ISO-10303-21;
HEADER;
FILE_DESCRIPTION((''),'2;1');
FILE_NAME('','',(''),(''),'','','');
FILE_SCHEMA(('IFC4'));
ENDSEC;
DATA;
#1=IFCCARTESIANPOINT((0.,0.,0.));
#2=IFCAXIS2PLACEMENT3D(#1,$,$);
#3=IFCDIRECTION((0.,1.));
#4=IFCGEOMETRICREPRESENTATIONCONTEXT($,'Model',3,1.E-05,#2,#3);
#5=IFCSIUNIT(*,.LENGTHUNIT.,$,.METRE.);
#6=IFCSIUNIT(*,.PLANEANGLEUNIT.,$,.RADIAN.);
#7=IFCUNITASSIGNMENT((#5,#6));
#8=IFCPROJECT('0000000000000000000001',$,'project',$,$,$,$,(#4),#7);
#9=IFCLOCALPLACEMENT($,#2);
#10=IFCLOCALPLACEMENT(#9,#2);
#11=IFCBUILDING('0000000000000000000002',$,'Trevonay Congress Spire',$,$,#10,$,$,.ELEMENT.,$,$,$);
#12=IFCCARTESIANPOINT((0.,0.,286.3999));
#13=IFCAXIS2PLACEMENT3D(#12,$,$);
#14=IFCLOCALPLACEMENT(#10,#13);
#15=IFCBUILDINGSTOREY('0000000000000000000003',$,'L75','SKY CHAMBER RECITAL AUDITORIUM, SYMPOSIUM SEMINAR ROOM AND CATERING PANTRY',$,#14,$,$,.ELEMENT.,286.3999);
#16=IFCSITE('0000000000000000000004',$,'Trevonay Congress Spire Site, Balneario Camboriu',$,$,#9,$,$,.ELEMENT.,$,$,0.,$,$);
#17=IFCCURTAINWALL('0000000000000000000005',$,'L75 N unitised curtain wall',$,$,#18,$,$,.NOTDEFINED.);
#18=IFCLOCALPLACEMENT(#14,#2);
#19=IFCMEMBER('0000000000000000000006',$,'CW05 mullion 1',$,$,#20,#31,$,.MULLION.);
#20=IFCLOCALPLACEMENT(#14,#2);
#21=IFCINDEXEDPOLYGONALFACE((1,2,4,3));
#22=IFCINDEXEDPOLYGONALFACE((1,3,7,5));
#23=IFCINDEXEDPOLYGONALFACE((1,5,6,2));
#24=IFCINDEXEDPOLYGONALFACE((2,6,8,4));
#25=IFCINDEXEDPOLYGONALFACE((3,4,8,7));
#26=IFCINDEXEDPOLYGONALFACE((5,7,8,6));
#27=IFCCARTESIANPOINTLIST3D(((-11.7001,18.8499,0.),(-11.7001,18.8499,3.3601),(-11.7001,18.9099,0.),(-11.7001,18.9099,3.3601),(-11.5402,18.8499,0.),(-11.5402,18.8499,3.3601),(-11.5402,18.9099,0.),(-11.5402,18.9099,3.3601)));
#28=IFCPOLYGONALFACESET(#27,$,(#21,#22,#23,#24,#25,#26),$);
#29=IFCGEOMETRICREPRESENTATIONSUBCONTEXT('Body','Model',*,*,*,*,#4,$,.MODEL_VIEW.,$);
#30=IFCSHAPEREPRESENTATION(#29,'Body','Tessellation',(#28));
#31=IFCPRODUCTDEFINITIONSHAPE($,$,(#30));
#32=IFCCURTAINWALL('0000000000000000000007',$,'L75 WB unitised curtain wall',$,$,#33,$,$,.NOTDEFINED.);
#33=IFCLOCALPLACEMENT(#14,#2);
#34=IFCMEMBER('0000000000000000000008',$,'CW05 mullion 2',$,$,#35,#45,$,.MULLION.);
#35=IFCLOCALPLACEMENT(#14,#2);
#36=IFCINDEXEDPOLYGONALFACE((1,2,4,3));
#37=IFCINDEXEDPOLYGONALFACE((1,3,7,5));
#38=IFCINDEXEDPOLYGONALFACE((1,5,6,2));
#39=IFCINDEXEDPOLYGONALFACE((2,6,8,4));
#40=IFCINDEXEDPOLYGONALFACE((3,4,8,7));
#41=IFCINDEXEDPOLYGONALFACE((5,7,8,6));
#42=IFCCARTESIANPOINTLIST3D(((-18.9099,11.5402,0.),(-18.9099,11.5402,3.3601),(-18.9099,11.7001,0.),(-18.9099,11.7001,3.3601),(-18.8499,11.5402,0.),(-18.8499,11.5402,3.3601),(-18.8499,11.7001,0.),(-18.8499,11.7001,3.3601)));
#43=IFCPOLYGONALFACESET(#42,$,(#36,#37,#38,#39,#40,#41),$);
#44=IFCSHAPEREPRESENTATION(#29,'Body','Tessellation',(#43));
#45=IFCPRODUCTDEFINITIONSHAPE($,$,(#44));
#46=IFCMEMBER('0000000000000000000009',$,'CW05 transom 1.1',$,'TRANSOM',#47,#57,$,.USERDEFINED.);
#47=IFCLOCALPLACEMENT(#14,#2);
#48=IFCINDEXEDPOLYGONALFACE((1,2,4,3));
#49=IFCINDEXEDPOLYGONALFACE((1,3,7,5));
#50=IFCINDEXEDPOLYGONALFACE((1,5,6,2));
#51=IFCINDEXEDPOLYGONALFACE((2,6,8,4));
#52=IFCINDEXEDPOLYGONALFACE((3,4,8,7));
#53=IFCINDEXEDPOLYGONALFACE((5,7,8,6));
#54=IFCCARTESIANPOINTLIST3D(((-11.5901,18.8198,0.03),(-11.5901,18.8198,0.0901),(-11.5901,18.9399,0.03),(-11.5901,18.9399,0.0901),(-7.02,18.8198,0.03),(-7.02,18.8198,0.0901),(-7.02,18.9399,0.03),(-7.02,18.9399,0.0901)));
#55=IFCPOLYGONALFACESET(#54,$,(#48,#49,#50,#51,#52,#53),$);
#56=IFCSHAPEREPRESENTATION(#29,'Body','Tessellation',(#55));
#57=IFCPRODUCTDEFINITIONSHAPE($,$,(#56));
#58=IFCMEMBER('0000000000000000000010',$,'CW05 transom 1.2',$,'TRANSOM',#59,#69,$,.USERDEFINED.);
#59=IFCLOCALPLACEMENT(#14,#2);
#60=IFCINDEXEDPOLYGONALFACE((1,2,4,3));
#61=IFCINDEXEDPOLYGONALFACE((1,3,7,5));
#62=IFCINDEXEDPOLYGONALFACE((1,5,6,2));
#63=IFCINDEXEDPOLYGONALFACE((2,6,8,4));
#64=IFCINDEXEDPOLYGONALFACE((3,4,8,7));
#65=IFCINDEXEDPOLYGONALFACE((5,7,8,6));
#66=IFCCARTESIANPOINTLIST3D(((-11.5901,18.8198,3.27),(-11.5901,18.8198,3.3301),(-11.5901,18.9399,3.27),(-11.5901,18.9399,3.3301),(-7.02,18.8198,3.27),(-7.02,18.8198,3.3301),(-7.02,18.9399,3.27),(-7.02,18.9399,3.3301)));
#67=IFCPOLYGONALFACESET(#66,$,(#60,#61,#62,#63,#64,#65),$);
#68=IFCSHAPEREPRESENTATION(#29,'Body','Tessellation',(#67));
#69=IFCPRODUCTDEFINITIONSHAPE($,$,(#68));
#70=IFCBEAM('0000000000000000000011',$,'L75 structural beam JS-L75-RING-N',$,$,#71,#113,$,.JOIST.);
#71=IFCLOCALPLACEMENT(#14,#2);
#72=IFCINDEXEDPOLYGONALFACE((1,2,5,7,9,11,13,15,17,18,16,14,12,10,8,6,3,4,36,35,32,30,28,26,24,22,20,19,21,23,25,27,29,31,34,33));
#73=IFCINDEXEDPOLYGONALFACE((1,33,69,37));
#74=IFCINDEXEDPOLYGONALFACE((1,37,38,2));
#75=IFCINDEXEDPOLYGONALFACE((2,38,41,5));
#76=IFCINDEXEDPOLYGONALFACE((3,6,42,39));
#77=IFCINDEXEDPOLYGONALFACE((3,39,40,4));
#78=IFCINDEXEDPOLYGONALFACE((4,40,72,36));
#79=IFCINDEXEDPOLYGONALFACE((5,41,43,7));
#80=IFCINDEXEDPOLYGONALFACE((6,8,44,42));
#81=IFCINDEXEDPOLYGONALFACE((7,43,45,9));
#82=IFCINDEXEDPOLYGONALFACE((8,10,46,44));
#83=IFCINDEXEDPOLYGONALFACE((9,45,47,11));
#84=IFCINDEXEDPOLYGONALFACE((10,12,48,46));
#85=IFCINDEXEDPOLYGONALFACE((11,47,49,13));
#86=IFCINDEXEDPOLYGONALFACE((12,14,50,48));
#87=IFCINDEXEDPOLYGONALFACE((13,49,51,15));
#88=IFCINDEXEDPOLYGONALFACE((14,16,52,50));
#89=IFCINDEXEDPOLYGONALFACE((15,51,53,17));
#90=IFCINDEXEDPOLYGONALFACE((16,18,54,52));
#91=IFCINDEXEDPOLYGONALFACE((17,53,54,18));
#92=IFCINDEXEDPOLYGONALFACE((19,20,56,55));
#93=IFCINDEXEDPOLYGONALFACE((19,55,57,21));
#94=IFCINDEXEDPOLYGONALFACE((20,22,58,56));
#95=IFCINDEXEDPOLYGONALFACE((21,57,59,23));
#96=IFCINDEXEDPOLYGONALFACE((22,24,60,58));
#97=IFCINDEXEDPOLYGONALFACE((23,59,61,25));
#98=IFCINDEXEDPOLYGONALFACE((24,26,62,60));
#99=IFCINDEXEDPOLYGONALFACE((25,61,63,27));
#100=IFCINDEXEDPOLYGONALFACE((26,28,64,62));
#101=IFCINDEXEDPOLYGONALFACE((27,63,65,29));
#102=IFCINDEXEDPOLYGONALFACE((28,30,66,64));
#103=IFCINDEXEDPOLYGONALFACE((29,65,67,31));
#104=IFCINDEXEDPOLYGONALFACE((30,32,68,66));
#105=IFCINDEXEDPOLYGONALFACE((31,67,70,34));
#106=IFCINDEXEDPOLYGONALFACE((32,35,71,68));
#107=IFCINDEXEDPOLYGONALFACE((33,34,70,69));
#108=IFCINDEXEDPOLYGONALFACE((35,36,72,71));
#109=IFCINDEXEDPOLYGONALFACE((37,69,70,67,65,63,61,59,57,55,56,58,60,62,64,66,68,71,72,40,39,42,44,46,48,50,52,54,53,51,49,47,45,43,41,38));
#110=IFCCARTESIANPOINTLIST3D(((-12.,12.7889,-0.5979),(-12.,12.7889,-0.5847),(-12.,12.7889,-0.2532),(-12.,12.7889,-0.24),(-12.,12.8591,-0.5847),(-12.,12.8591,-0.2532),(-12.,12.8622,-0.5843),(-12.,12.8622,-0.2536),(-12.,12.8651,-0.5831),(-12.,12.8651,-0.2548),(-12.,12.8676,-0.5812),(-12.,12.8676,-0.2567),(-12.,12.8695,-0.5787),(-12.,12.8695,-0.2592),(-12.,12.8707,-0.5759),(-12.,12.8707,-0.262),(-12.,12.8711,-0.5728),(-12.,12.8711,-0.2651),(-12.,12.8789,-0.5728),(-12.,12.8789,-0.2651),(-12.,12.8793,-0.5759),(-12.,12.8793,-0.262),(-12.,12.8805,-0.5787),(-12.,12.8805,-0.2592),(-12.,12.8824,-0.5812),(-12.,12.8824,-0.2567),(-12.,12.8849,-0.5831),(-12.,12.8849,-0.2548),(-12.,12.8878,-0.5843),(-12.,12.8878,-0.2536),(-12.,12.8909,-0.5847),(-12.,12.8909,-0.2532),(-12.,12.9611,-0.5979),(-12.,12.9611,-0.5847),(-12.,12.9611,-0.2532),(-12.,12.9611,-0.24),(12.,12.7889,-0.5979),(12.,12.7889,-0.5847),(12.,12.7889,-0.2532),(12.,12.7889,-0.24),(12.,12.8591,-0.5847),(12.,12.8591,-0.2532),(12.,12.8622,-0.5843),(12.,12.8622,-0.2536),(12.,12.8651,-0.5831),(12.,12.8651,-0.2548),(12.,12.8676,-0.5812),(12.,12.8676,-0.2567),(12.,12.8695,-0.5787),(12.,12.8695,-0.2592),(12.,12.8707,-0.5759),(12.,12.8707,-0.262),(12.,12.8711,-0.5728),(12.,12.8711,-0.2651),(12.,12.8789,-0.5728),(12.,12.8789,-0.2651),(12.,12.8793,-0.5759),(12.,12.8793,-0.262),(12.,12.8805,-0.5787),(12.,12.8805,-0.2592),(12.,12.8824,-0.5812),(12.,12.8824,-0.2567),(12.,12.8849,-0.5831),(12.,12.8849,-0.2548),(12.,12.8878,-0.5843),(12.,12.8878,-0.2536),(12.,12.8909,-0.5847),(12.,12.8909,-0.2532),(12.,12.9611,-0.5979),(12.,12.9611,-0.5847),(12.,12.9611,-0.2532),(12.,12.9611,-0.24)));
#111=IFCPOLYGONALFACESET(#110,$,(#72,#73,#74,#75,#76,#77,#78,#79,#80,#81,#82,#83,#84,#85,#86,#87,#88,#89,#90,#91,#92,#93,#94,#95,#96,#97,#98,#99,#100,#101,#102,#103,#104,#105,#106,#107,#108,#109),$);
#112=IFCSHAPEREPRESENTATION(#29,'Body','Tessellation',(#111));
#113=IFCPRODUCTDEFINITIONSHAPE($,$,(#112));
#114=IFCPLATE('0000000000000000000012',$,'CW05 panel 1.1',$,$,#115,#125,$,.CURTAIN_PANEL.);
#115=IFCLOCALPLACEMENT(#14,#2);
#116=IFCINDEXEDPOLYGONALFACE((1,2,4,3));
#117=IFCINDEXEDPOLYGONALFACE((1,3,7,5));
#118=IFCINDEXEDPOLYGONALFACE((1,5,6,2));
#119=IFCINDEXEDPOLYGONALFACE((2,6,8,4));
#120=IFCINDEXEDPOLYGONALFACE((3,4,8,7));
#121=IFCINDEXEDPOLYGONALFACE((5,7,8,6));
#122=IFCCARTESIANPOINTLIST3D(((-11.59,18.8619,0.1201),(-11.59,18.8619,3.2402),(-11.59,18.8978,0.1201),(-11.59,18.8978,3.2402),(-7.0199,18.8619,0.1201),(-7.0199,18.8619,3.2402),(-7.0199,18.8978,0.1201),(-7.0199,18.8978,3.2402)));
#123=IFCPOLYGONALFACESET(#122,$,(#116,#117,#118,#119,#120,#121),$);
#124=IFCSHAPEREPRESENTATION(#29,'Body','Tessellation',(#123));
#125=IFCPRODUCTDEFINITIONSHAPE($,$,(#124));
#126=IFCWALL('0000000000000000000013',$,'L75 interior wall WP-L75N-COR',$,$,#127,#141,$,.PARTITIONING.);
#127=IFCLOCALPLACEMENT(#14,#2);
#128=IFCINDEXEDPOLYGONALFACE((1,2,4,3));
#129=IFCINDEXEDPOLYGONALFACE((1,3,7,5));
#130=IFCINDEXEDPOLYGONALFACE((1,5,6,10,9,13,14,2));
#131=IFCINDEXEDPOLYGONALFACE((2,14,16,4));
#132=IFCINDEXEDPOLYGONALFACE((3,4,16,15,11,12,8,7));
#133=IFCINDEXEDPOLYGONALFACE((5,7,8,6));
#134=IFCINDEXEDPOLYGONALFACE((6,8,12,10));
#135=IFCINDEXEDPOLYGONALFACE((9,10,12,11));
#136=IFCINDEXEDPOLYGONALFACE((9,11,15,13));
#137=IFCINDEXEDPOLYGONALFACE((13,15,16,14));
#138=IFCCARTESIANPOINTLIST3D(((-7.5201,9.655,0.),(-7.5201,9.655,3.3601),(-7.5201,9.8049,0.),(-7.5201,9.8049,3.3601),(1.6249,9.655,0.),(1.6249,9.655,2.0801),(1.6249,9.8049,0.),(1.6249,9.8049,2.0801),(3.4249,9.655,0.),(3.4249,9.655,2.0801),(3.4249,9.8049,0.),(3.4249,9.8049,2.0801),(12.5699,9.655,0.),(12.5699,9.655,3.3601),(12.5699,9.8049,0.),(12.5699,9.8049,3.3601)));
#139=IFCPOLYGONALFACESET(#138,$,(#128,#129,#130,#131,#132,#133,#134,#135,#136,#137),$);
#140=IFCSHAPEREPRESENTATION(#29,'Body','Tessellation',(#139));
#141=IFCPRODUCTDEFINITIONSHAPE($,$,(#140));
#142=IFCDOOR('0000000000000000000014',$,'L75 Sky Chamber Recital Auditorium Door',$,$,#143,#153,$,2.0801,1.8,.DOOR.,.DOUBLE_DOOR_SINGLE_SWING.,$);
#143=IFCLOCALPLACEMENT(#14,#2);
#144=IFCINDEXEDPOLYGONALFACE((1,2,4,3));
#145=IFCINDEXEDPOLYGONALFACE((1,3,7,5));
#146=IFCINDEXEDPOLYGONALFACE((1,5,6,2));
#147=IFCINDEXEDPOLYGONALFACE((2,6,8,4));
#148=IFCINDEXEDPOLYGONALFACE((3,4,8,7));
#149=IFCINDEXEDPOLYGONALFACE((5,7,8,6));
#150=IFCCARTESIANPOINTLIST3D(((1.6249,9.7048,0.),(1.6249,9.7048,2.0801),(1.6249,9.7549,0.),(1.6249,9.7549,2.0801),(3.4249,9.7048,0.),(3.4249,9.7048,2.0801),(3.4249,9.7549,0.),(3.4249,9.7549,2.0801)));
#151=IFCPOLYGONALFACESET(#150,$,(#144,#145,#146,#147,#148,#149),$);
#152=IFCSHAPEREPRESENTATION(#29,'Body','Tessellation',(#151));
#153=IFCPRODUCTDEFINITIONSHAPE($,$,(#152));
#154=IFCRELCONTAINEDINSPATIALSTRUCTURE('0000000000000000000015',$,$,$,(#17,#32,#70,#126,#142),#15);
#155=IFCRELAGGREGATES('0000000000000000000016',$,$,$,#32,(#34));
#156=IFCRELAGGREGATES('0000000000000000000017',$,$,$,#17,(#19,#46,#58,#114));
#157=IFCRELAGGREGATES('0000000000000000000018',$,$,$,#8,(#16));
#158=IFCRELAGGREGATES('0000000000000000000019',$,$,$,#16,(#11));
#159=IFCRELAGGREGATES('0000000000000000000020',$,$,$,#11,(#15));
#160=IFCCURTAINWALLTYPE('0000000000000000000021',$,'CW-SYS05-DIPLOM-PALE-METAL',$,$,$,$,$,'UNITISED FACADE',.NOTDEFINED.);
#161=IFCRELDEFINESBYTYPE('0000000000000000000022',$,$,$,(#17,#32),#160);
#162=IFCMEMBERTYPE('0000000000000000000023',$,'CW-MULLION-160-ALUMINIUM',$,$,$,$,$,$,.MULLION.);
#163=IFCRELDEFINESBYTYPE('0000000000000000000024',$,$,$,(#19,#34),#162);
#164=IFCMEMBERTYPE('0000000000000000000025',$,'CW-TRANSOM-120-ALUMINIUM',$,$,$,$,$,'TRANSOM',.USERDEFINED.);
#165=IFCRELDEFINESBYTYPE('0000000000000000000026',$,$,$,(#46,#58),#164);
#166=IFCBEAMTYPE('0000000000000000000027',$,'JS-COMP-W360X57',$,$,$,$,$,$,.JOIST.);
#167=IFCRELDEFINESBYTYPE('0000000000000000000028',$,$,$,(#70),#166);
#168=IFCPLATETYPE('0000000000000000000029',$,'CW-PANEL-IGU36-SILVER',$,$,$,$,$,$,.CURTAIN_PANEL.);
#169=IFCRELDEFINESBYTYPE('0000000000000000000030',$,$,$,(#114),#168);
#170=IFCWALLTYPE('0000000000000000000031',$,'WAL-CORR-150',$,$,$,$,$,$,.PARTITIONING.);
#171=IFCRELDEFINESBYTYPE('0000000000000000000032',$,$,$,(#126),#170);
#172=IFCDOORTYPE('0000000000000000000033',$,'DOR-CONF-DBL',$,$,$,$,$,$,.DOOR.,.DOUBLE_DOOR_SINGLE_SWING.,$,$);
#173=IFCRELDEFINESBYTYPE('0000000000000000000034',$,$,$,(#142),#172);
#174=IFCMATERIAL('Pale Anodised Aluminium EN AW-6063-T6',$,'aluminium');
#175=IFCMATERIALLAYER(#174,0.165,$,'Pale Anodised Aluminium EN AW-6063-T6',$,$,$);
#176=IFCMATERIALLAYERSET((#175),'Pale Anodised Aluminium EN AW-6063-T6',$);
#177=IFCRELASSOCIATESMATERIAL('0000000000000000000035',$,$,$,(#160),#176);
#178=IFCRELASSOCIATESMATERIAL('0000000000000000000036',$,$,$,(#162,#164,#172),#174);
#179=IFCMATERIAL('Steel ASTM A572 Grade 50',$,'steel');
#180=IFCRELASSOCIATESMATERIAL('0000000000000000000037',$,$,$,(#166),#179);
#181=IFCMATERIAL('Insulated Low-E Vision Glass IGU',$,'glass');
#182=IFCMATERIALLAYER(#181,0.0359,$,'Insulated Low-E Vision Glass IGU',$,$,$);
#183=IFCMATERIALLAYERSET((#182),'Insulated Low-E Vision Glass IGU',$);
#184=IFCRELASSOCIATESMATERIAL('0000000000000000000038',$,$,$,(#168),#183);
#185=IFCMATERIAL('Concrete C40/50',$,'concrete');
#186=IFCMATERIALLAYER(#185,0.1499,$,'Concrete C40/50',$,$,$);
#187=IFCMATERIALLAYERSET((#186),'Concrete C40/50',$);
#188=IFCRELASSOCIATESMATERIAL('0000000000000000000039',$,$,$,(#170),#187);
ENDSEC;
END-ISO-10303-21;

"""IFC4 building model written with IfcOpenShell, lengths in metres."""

from ifc_helpers import new_model, si_unit, direction, frame, frame_2d, origin, origin_2d, place, context, subcontext, project, spatial, rectangle, i_section, extrude, material, layer, layer_set, material_profile, profile_set, type_object, element, fill, aggregate, save


model = new_model("IFC4")

# Units and contexts
model_context = context("Model", 3, precision=1e-05, world=origin(), true_north=direction((0.0, 1.0)))
body_context = subcontext(model_context, "Body", "Model", "MODEL_VIEW")
ifc_project = project(units=[si_unit("LENGTHUNIT", "METRE"), si_unit("PLANEANGLEUNIT", "RADIAN")], contexts=[model_context])

# Site, building, storey
site_placement = place(None, origin())
site = spatial("IfcSite", under=ifc_project, at=site_placement, Name="Trevonay Congress Spire Site, Balneario Camboriu", CompositionType="ELEMENT", RefElevation=0.0)
building_placement = place(site_placement, origin())
building = spatial("IfcBuilding", under=site, at=building_placement, Name="Trevonay Congress Spire", CompositionType="ELEMENT")
storey_placement = place(building_placement, frame((0.0, 0.0, 286.3999)))
storey = spatial("IfcBuildingStorey", under=building, at=storey_placement, Name="L75", Description="SKY CHAMBER RECITAL AUDITORIUM, SYMPOSIUM SEMINAR ROOM AND CATERING PANTRY", CompositionType="ELEMENT", Elevation=286.3999)

# Shared definitions
ifc_material_1 = material(Name="Steel ASTM A572 Grade 50", Category="steel")

# Curtain walls, members
ifc_material_2 = material(Name="Pale Anodised Aluminium EN AW-6063-T6", Category="aluminium")
ifc_layer_1 = layer(ifc_material_2, 0.165, Name="Pale Anodised Aluminium EN AW-6063-T6")
ifc_layer_set_1 = layer_set([ifc_layer_1], Name="Pale Anodised Aluminium EN AW-6063-T6")
curtain_wall_type = type_object("IfcCurtainWallType", Name="CW-SYS05-DIPLOM-PALE-METAL", ElementType="UNITISED FACADE", PredefinedType="NOTDEFINED", material=ifc_layer_set_1)
curtain_wall_1_placement = place(storey_placement, origin())
curtain_wall_1 = element("IfcCurtainWall", 1, at=curtain_wall_1_placement, inside=storey, type_object=curtain_wall_type, Name="L75 N unitised curtain wall", PredefinedType="NOTDEFINED")
ifc_material_profile_1 = material_profile(ifc_material_2, rectangle(XDim=0.0601, YDim=0.1599, at=origin_2d()), Name="CW-MULLION-160-ALUMINIUM")
ifc_profile_set_1 = profile_set([ifc_material_profile_1], Name="Pale Anodised Aluminium EN AW-6063-T6")
member_type_1 = type_object("IfcMemberType", Name="CW-MULLION-160-ALUMINIUM", PredefinedType="MULLION", material=ifc_profile_set_1)
member_1_placement = place(storey_placement, frame((-11.6201, 18.8799, 0.0), z_axis=(0.0, 0.0, 1.0), x_axis=(0.0, 1.0, 0.0)))
member_1 = element("IfcMember", 2, at=member_1_placement, type_object=member_type_1, Name="CW05 mullion 1", PredefinedType="MULLION", context=body_context, shape_type="SweptSolid", body=[
    extrude(rectangle(XDim=0.0601, YDim=0.1599, at=origin_2d()), origin(), (0.0, 0.0, 1.0), 3.3601),
])
curtain_wall_2_placement = place(storey_placement, origin())
curtain_wall_2 = element("IfcCurtainWall", 3, at=curtain_wall_2_placement, inside=storey, type_object=curtain_wall_type, Name="L75 WB unitised curtain wall", PredefinedType="NOTDEFINED")
member_2_placement = place(storey_placement, frame((-18.8799, 11.6201, 0.0), z_axis=(0.0, 0.0, 1.0), x_axis=(-1.0, 0.0, 0.0)))
member_2 = element("IfcMember", 4, at=member_2_placement, type_object=member_type_1, Name="CW05 mullion 2", PredefinedType="MULLION", context=body_context, shape_type="SweptSolid", body=[
    extrude(rectangle(XDim=0.0601, YDim=0.1599, at=origin_2d()), origin(), (0.0, 0.0, 1.0), 3.3601),
])
aggregate(curtain_wall_2, [member_2])

# Members
ifc_material_profile_2 = material_profile(ifc_material_2, rectangle(XDim=0.1201, YDim=0.0601, at=origin_2d()), Name="CW-TRANSOM-120-ALUMINIUM")
ifc_profile_set_2 = profile_set([ifc_material_profile_2], Name="Pale Anodised Aluminium EN AW-6063-T6")
member_type_2 = type_object("IfcMemberType", Name="CW-TRANSOM-120-ALUMINIUM", ElementType="TRANSOM", PredefinedType="USERDEFINED", material=ifc_profile_set_2)
member_3_placement = place(storey_placement, frame((-11.5901, 18.8799, 0.0601), z_axis=(1.0, 0.0, 0.0), x_axis=(0.0, 1.0, 0.0)))
member_3 = element("IfcMember", 5, at=member_3_placement, type_object=member_type_2, Name="CW05 transom 1.1", ObjectType="TRANSOM", PredefinedType="USERDEFINED", context=body_context, shape_type="SweptSolid", body=[
    extrude(rectangle(XDim=0.1201, YDim=0.0601, at=origin_2d()), origin(), (0.0, 0.0, 1.0), 4.5701),
])
member_4_placement = place(storey_placement, frame((-11.5901, 18.8799, 3.3), z_axis=(1.0, 0.0, 0.0), x_axis=(0.0, 1.0, 0.0)))
member_4 = element("IfcMember", 6, at=member_4_placement, type_object=member_type_2, Name="CW05 transom 1.2", ObjectType="TRANSOM", PredefinedType="USERDEFINED", context=body_context, shape_type="SweptSolid", body=[
    extrude(rectangle(XDim=0.1201, YDim=0.0601, at=origin_2d()), origin(), (0.0, 0.0, 1.0), 4.5701),
])

# Beam
ifc_material_profile_3 = material_profile(ifc_material_1, i_section(OverallWidth=0.1721, OverallDepth=0.3579, WebThickness=0.0078, FlangeThickness=0.0132, FilletRadius=0.012, at=origin_2d()), Name="W360x57.8")
ifc_profile_set_3 = profile_set([ifc_material_profile_3], Name="Steel ASTM A572 Grade 50")
beam_type_1 = type_object("IfcBeamType", Name="JS-COMP-W360X57", PredefinedType="JOIST", material=ifc_profile_set_3)
beam_1_placement = place(storey_placement, frame((-12.0, 12.875, -0.4189), z_axis=(1.0, 0.0, 0.0), x_axis=(0.0, 1.0, 0.0)))
element("IfcBeam", 7, at=beam_1_placement, inside=storey, type_object=beam_type_1, Name="L75 structural beam JS-L75-RING-N", PredefinedType="JOIST", context=body_context, shape_type="SweptSolid", body=[
    extrude(i_section(OverallWidth=0.1721, OverallDepth=0.3579, WebThickness=0.0078, FlangeThickness=0.0132, FilletRadius=0.012, at=origin_2d()), origin(), (0.0, 0.0, 1.0), 24.0),
])

# Plate
ifc_material_3 = material(Name="Insulated Low-E Vision Glass IGU", Category="glass")
ifc_layer_2 = layer(ifc_material_3, 0.0359, Name="Insulated Low-E Vision Glass IGU")
ifc_layer_set_2 = layer_set([ifc_layer_2], Name="Insulated Low-E Vision Glass IGU")
plate_type = type_object("IfcPlateType", Name="CW-PANEL-IGU36-SILVER", PredefinedType="CURTAIN_PANEL", material=ifc_layer_set_2)
plate_placement = place(storey_placement, frame((-9.3049, 18.8799, 0.1201), z_axis=(0.0, 0.0, 1.0), x_axis=(1.0, 0.0, 0.0)))
plate = element("IfcPlate", 8, at=plate_placement, type_object=plate_type, Name="CW05 panel 1.1", PredefinedType="CURTAIN_PANEL", context=body_context, shape_type="SweptSolid", body=[
    extrude(rectangle(XDim=4.5701, YDim=0.0359, at=origin_2d()), origin(), (0.0, 0.0, 1.0), 3.1201),
])
aggregate(curtain_wall_1, [member_1, member_3, member_4, plate])

# Wall, opening, door
ifc_material_4 = material(Name="Concrete C40/50", Category="concrete")
ifc_layer_3 = layer(ifc_material_4, 0.1499, Name="Concrete C40/50")
ifc_layer_set_3 = layer_set([ifc_layer_3], Name="Concrete C40/50")
wall_type_1 = type_object("IfcWallType", Name="WAL-CORR-150", PredefinedType="PARTITIONING", material=ifc_layer_set_3)
wall_1_placement = place(storey_placement, frame((-7.52, 9.73, 0.0), z_axis=(0.0, 0.0, 1.0), x_axis=(1.0, 0.0, 0.0)))
wall_1 = element("IfcWall", 9, at=wall_1_placement, inside=storey, type_object=wall_type_1, Name="L75 interior wall WP-L75N-COR", PredefinedType="PARTITIONING", context=body_context, shape_type="SweptSolid", body=[
    extrude(rectangle(XDim=20.0901, YDim=0.1499, at=frame_2d((10.0449, 0.0))), origin(), (0.0, 0.0, 1.0), 3.3601),
])
opening_1_placement = place(wall_1_placement, frame((9.145, 0.0, 0.0)))
opening_1 = element("IfcOpeningElement", 10, at=opening_1_placement, cuts=wall_1, PredefinedType="OPENING", context=body_context, shape_type="SweptSolid", body=[
    extrude(rectangle(XDim=1.8, YDim=2.0801, at=frame_2d((0.8999, 1.04))), frame((0.0, 0.085, 0.0), z_axis=(0.0, -1.0, 0.0), x_axis=(1.0, 0.0, 0.0)), (0.0, 0.0, 1.0), 0.1699),
])
door_type = type_object("IfcDoorType", Name="DOR-CONF-DBL", OperationType="DOUBLE_DOOR_SINGLE_SWING", PredefinedType="DOOR", material=ifc_material_2)
door_placement = place(opening_1_placement, origin())
door = element("IfcDoor", 11, at=door_placement, inside=storey, type_object=door_type, Name="L75 Sky Chamber Recital Auditorium Door", OperationType="DOUBLE_DOOR_SINGLE_SWING", OverallHeight=2.0801, OverallWidth=1.8, PredefinedType="DOOR", context=body_context, shape_type="SweptSolid", body=[
    extrude(rectangle(XDim=1.8, YDim=2.0801, at=frame_2d((0.8999, 1.04))), frame((0.0, 0.0249, 0.0), z_axis=(0.0, -1.0, 0.0), x_axis=(1.0, 0.0, 0.0)), (0.0, 0.0, 1.0), 0.05),
])
fill(opening_1, door)

save(model, "model.ifc")
